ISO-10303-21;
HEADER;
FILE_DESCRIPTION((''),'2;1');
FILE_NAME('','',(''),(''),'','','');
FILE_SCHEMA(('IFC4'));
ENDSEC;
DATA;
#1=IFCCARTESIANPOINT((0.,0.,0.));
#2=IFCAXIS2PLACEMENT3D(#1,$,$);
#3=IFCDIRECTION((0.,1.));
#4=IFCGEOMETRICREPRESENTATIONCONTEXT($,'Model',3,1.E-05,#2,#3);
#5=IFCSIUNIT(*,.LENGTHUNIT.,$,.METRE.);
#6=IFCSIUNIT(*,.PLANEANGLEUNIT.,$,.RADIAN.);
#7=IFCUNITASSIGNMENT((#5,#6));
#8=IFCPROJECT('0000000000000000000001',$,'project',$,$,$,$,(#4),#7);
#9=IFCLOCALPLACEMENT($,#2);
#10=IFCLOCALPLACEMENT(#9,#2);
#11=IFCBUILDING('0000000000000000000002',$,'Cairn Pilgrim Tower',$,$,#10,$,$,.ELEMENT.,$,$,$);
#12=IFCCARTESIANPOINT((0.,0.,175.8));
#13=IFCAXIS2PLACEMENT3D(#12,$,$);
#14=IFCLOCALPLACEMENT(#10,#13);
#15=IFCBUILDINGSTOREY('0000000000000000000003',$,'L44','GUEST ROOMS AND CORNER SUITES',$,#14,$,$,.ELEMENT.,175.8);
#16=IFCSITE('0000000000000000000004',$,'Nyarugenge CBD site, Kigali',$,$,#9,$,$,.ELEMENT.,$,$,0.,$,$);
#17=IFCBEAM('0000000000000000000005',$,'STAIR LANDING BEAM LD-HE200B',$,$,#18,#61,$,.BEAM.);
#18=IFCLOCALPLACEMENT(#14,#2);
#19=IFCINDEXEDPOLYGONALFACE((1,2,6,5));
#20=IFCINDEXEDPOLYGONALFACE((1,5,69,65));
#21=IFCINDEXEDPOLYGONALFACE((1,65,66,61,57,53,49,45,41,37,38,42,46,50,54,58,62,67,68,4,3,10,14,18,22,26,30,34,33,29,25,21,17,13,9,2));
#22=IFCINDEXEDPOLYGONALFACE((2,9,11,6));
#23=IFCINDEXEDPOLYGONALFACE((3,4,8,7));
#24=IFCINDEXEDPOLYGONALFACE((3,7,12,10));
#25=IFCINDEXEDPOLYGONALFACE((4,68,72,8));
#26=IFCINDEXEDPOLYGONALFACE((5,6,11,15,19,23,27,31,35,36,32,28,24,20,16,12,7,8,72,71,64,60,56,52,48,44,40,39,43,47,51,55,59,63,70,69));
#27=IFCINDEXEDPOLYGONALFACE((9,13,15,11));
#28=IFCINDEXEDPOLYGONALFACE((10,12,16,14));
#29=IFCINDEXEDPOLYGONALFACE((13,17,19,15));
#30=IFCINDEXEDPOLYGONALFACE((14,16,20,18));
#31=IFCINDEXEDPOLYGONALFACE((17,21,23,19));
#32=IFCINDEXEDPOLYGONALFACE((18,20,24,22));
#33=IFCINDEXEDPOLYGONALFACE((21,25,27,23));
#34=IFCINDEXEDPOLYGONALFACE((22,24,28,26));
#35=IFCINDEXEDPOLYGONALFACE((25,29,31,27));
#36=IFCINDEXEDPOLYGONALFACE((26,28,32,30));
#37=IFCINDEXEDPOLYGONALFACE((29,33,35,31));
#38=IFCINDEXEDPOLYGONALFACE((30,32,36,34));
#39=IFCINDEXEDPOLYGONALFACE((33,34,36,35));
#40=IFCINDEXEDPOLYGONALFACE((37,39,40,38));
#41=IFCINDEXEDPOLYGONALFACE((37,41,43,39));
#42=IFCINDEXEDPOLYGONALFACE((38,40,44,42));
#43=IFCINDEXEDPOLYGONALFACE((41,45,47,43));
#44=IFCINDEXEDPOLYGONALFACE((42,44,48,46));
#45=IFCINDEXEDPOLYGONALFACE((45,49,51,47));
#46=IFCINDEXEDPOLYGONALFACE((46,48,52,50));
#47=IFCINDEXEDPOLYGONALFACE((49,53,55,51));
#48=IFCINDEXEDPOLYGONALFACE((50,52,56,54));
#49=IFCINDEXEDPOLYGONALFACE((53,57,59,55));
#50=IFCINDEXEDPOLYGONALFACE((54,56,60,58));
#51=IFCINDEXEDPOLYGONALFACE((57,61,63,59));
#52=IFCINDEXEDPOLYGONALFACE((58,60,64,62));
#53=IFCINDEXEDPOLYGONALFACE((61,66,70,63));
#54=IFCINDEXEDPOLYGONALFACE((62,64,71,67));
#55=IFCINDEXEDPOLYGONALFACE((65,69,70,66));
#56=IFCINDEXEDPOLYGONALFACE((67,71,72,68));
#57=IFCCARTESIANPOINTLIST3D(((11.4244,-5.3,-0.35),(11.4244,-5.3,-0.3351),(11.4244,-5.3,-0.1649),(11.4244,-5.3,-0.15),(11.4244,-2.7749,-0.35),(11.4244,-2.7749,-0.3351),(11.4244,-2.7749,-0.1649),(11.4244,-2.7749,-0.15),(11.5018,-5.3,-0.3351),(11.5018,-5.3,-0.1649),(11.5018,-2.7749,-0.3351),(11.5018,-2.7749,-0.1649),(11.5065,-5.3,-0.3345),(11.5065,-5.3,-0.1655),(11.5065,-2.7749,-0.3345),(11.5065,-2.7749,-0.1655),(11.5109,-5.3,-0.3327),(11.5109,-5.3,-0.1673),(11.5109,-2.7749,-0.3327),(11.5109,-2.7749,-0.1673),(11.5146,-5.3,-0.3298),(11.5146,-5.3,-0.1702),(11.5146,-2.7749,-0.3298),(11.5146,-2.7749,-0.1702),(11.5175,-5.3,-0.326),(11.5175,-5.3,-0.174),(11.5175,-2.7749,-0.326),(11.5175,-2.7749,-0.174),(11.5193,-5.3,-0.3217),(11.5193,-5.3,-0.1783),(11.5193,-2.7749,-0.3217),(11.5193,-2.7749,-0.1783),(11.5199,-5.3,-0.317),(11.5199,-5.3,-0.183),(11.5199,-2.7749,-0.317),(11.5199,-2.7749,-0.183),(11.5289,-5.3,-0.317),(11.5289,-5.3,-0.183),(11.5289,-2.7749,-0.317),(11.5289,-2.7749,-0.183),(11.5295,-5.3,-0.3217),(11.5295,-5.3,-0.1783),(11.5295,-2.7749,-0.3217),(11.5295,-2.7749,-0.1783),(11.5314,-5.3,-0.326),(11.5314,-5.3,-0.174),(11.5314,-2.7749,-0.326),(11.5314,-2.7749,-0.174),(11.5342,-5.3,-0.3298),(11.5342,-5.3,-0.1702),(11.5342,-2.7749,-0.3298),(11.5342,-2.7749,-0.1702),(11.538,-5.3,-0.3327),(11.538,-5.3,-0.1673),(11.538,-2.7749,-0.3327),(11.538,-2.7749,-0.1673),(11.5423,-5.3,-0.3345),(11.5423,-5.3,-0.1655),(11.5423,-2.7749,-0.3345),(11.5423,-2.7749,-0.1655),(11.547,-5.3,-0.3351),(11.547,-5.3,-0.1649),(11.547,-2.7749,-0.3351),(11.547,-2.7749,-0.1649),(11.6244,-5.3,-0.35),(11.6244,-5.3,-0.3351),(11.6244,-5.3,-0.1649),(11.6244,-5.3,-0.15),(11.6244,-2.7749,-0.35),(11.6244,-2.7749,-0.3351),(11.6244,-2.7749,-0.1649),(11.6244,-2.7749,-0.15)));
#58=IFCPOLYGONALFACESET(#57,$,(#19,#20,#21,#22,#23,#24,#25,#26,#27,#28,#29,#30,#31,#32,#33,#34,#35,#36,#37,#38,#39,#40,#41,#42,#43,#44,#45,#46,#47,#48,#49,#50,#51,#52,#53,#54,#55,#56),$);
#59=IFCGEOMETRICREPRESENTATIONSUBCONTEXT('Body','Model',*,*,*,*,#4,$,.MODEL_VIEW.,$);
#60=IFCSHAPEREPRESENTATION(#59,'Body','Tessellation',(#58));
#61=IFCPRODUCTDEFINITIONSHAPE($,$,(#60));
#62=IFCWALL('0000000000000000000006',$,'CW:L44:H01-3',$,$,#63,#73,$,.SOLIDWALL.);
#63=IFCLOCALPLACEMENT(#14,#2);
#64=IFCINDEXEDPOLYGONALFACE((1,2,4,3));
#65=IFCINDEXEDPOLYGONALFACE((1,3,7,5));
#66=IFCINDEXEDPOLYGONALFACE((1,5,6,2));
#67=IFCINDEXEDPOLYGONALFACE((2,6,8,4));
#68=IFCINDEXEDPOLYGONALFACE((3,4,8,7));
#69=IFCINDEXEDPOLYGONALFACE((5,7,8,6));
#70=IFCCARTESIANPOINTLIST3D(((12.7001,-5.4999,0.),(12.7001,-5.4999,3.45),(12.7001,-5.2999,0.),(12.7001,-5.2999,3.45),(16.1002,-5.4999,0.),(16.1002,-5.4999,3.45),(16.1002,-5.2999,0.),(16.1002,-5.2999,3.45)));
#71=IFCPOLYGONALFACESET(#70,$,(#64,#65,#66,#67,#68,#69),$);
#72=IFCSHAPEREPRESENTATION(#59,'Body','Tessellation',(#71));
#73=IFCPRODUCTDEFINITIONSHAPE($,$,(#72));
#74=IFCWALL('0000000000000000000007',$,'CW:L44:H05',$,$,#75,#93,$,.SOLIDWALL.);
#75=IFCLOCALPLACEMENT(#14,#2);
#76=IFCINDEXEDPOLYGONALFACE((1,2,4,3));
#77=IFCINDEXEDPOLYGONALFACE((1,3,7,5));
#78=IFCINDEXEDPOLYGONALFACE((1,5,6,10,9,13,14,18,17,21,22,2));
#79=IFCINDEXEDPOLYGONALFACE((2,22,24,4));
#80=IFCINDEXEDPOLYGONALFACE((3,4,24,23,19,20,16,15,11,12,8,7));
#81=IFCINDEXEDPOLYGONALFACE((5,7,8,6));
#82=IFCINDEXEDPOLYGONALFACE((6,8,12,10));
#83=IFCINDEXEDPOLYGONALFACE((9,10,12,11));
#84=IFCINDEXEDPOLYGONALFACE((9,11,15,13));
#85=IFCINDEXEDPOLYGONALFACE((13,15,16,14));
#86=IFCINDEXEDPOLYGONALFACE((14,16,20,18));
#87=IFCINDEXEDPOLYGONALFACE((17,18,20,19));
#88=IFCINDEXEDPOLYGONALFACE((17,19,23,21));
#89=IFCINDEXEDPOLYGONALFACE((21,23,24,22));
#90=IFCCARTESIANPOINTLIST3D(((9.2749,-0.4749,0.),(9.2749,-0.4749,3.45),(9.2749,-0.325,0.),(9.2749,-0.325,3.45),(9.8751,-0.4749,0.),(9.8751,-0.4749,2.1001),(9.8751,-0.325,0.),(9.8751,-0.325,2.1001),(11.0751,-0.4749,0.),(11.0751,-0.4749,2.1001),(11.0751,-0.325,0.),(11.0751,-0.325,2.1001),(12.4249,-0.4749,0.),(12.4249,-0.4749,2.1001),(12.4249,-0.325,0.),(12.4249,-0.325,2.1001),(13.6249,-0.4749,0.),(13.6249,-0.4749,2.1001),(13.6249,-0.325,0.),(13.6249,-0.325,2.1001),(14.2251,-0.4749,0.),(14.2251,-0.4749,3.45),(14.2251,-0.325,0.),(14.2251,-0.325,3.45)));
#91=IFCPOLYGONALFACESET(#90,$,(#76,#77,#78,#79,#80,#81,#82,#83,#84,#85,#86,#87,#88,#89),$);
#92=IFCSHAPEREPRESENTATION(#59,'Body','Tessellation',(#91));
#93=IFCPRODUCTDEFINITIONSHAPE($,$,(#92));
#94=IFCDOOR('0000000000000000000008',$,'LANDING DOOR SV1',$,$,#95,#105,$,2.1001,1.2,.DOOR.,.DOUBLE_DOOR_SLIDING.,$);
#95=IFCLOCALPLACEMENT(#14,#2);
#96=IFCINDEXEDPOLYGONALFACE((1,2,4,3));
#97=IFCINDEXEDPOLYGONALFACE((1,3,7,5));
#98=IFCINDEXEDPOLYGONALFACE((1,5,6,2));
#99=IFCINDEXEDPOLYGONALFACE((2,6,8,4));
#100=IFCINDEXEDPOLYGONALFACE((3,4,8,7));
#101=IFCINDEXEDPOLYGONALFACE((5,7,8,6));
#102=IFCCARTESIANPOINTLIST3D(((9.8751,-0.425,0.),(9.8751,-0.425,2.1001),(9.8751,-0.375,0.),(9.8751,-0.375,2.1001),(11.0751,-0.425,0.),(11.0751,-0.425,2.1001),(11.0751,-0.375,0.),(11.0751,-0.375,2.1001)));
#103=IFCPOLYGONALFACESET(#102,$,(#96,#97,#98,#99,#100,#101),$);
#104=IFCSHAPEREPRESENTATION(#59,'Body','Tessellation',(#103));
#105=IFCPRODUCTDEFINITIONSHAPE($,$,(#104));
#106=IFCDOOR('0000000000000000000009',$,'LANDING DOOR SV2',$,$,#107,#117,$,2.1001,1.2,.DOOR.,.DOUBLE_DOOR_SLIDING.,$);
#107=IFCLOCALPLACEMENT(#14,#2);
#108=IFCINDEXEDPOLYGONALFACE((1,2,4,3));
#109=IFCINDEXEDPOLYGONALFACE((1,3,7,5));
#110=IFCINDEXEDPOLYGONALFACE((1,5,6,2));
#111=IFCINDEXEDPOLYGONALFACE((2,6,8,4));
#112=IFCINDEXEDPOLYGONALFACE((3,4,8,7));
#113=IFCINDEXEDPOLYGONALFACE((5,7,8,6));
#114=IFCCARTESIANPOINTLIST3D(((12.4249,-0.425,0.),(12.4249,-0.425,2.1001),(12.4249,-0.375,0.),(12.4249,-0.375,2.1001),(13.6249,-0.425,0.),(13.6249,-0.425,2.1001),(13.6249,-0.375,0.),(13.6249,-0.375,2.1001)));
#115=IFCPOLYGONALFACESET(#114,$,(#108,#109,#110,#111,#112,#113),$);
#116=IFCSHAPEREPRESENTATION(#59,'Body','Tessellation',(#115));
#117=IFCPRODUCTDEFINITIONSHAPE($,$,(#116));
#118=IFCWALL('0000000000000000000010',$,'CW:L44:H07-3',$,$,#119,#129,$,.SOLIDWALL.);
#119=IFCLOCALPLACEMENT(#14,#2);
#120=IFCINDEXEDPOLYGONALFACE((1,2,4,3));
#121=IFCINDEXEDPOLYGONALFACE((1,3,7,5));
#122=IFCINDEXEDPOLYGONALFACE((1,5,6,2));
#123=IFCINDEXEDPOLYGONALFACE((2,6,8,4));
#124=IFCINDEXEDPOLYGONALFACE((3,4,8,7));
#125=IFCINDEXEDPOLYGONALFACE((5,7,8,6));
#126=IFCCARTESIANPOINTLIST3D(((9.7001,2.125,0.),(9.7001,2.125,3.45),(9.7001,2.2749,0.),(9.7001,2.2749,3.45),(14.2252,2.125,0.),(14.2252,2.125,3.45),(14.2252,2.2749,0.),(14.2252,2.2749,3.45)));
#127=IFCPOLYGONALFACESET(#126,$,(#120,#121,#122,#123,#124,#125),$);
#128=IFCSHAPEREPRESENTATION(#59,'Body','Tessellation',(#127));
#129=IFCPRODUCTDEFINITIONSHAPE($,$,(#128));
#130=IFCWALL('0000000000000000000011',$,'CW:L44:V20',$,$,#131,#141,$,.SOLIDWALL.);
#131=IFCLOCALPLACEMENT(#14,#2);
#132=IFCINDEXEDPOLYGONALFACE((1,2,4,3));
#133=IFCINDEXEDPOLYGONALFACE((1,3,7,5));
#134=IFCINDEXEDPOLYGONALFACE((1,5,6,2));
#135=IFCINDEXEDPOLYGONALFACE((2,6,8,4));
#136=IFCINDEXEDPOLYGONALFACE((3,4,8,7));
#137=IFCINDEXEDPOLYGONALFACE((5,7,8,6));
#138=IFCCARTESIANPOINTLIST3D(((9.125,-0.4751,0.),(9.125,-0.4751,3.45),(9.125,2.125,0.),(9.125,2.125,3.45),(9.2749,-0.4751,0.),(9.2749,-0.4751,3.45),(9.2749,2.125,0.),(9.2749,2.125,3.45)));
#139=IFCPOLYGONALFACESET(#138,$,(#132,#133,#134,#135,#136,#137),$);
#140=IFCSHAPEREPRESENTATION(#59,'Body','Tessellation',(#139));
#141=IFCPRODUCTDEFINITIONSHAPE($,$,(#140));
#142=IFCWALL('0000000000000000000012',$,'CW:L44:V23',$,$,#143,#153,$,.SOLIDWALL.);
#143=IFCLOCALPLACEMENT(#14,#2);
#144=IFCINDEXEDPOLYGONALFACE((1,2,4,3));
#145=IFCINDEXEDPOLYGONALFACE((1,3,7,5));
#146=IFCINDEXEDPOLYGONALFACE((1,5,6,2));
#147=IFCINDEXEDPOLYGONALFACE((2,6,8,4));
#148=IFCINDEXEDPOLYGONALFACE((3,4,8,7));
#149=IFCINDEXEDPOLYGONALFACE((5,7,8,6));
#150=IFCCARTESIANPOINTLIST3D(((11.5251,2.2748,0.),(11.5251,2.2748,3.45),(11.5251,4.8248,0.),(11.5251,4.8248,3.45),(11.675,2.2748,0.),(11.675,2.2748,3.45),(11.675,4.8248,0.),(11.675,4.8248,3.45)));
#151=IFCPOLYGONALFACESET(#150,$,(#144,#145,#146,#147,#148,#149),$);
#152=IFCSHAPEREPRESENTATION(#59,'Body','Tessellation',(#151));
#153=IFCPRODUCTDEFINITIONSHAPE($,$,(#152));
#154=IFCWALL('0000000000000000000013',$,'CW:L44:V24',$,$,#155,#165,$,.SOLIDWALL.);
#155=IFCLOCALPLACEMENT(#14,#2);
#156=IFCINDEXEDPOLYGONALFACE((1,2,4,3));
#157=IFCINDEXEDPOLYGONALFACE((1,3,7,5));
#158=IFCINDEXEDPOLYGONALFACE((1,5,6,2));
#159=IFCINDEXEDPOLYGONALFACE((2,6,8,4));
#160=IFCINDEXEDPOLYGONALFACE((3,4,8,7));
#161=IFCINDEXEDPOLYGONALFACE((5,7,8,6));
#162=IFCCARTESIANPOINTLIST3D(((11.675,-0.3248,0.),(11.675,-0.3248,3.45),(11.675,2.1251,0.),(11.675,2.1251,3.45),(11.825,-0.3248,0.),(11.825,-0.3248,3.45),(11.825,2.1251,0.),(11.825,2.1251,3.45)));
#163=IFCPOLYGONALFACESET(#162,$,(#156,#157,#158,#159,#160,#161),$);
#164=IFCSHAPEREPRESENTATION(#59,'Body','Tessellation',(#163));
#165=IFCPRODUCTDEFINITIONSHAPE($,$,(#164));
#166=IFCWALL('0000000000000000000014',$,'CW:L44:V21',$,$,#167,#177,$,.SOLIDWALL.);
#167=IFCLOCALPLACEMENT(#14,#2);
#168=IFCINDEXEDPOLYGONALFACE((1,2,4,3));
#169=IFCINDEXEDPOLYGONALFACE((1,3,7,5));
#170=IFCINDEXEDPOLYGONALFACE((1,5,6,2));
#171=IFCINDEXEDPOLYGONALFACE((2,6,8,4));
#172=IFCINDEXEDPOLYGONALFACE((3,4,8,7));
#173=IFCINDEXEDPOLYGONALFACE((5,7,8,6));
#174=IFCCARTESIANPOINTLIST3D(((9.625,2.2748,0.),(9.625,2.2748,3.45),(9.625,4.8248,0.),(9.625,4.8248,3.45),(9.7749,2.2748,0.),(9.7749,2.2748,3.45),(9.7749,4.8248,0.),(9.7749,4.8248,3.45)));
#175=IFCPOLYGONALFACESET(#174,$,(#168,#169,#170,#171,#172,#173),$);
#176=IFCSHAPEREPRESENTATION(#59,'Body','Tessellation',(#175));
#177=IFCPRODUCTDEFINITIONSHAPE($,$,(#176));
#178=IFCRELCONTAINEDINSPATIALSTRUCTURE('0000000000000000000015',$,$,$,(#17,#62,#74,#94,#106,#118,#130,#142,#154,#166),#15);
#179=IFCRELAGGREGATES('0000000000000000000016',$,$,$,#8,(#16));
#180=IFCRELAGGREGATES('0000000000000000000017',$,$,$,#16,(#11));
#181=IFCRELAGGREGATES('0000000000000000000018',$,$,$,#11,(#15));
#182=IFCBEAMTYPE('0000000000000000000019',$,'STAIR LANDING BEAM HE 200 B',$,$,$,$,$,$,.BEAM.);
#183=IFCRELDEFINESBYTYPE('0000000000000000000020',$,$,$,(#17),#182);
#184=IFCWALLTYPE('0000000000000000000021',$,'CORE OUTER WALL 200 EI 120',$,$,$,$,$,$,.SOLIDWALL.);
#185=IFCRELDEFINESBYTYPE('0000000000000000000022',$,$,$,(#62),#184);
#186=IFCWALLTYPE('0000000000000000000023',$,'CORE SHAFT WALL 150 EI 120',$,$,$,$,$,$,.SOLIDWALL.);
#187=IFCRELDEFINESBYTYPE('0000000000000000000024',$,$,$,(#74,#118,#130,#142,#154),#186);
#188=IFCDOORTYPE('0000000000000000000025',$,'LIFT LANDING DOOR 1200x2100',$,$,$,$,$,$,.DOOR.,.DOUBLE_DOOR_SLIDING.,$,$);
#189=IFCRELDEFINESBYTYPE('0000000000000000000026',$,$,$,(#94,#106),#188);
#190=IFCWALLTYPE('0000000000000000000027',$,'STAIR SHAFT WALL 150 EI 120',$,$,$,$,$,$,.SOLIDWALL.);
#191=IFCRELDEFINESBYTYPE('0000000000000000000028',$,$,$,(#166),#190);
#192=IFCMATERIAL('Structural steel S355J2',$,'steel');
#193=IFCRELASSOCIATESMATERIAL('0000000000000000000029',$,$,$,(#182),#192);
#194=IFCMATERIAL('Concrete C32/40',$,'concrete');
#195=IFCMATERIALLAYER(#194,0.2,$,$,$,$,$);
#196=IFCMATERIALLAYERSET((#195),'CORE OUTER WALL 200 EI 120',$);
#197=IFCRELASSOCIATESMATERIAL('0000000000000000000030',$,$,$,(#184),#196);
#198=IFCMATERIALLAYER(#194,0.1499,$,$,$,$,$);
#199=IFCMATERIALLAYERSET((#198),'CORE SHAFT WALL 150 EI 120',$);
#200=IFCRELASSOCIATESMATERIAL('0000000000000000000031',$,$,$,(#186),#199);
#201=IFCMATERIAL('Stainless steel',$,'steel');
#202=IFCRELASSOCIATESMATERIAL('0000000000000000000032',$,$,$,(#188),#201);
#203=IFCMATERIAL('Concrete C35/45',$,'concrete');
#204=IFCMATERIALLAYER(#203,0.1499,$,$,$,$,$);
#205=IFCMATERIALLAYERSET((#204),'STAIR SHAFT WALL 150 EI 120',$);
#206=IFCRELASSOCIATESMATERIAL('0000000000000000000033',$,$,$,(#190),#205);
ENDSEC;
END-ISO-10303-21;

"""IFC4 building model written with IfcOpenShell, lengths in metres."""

from ifc_helpers import new_model, si_unit, direction, frame, frame_2d, origin, origin_2d, place, context, subcontext, project, spatial, rectangle, i_section, extrude, material, layer, layer_set, material_profile, profile_set, type_object, element, fill, save


model = new_model("IFC4")

# Units and contexts
model_context = context("Model", 3, precision=1e-05, world=origin(), true_north=direction((0.0, 1.0)))
body_context = subcontext(model_context, "Body", "Model", "MODEL_VIEW")
ifc_project = project(units=[si_unit("LENGTHUNIT", "METRE"), si_unit("PLANEANGLEUNIT", "RADIAN")], contexts=[model_context])

# Site, building, storey
site_placement = place(None, origin())
site = spatial("IfcSite", under=ifc_project, at=site_placement, Name="Nyarugenge CBD site, Kigali", CompositionType="ELEMENT", RefElevation=0.0)
building_placement = place(site_placement, origin())
building = spatial("IfcBuilding", under=site, at=building_placement, Name="Cairn Pilgrim Tower", CompositionType="ELEMENT")
storey_placement = place(building_placement, frame((0.0, 0.0, 175.8)))
storey = spatial("IfcBuildingStorey", under=building, at=storey_placement, Name="L44", Description="GUEST ROOMS AND CORNER SUITES", CompositionType="ELEMENT", Elevation=175.8)

# Beam
ifc_material_1 = material(Name="Structural steel S355J2", Category="steel")
ifc_material_profile = material_profile(ifc_material_1, i_section(OverallWidth=0.2, OverallDepth=0.2, WebThickness=0.009, FlangeThickness=0.0149, FilletRadius=0.0181, at=origin_2d()), Name="HE 200 B")
ifc_profile_set = profile_set([ifc_material_profile], Name="Structural steel S355J2")
beam_type = type_object("IfcBeamType", Name="STAIR LANDING BEAM HE 200 B", PredefinedType="BEAM", material=ifc_profile_set)
beam_placement = place(storey_placement, frame((11.5244, -2.7749, -0.25), z_axis=(0.0, -1.0, 0.0), x_axis=(1.0, 0.0, 0.0)))
element("IfcBeam", 1, at=beam_placement, inside=storey, type_object=beam_type, Name="STAIR LANDING BEAM LD-HE200B", PredefinedType="BEAM", context=body_context, shape_type="SweptSolid", body=[
    extrude(i_section(OverallWidth=0.2, OverallDepth=0.2, WebThickness=0.009, FlangeThickness=0.0149, FilletRadius=0.0181, at=origin_2d()), origin(), (0.0, 0.0, 1.0), 2.5251),
])

# Wall
ifc_material_2 = material(Name="Concrete C32/40", Category="concrete")
ifc_layer_1 = layer(ifc_material_2, 0.2)
ifc_layer_set_1 = layer_set([ifc_layer_1], Name="CORE OUTER WALL 200 EI 120")
wall_type_1 = type_object("IfcWallType", Name="CORE OUTER WALL 200 EI 120", PredefinedType="SOLIDWALL", material=ifc_layer_set_1)
wall_1_placement = place(storey_placement, frame((12.7, -5.3999, 0.0), z_axis=(0.0, 0.0, 1.0), x_axis=(1.0, 0.0, 0.0)))
element("IfcWall", 2, at=wall_1_placement, inside=storey, type_object=wall_type_1, Name="CW:L44:H01-3", PredefinedType="SOLIDWALL", context=body_context, shape_type="SweptSolid", body=[
    extrude(rectangle(XDim=3.4001, YDim=0.2, at=frame_2d((1.7002, 0.0))), origin(), (0.0, 0.0, 1.0), 3.45),
])

# Wall, openings, doors
ifc_layer_2 = layer(ifc_material_2, 0.1499)
ifc_layer_set_2 = layer_set([ifc_layer_2], Name="CORE SHAFT WALL 150 EI 120")
wall_type_2 = type_object("IfcWallType", Name="CORE SHAFT WALL 150 EI 120", PredefinedType="SOLIDWALL", material=ifc_layer_set_2)
wall_2_placement = place(storey_placement, frame((9.2749, -0.3999, 0.0), z_axis=(0.0, 0.0, 1.0), x_axis=(1.0, 0.0, 0.0)))
wall_2 = element("IfcWall", 3, at=wall_2_placement, inside=storey, type_object=wall_type_2, Name="CW:L44:H05", PredefinedType="SOLIDWALL", context=body_context, shape_type="SweptSolid", body=[
    extrude(rectangle(XDim=4.9502, YDim=0.1499, at=frame_2d((2.4751, 0.0))), origin(), (0.0, 0.0, 1.0), 3.45),
])
opening_1_placement = place(wall_2_placement, frame((0.6001, 0.0, 0.0)))
opening_1 = element("IfcOpeningElement", 4, at=opening_1_placement, cuts=wall_2, PredefinedType="OPENING", context=body_context, shape_type="SweptSolid", body=[
    extrude(rectangle(XDim=1.2, YDim=2.1001, at=frame_2d((0.6001, 1.05))), frame((0.0, 0.085, 0.0), z_axis=(0.0, -1.0, 0.0), x_axis=(1.0, 0.0, 0.0)), (0.0, 0.0, 1.0), 0.1699),
])
opening_2_placement = place(wall_2_placement, frame((3.1499, 0.0, 0.0)))
opening_2 = element("IfcOpeningElement", 5, at=opening_2_placement, cuts=wall_2, PredefinedType="OPENING", context=body_context, shape_type="SweptSolid", body=[
    extrude(rectangle(XDim=1.2, YDim=2.1001, at=frame_2d((0.6001, 1.05))), frame((0.0, 0.085, 0.0), z_axis=(0.0, -1.0, 0.0), x_axis=(1.0, 0.0, 0.0)), (0.0, 0.0, 1.0), 0.1699),
])
ifc_material_3 = material(Name="Stainless steel", Category="steel")
door_type = type_object("IfcDoorType", Name="LIFT LANDING DOOR 1200x2100", OperationType="DOUBLE_DOOR_SLIDING", PredefinedType="DOOR", material=ifc_material_3)
door_1_placement = place(opening_1_placement, origin())
door_1 = element("IfcDoor", 6, at=door_1_placement, inside=storey, type_object=door_type, Name="LANDING DOOR SV1", OperationType="DOUBLE_DOOR_SLIDING", OverallHeight=2.1001, OverallWidth=1.2, PredefinedType="DOOR", context=body_context, shape_type="SweptSolid", body=[
    extrude(rectangle(XDim=1.2, YDim=2.1001, at=frame_2d((0.6001, 1.05))), frame((0.0, 0.0249, 0.0), z_axis=(0.0, -1.0, 0.0), x_axis=(1.0, 0.0, 0.0)), (0.0, 0.0, 1.0), 0.05),
])
fill(opening_1, door_1)
door_2_placement = place(opening_2_placement, origin())
door_2 = element("IfcDoor", 7, at=door_2_placement, inside=storey, type_object=door_type, Name="LANDING DOOR SV2", OperationType="DOUBLE_DOOR_SLIDING", OverallHeight=2.1001, OverallWidth=1.2, PredefinedType="DOOR", context=body_context, shape_type="SweptSolid", body=[
    extrude(rectangle(XDim=1.2, YDim=2.1001, at=frame_2d((0.6001, 1.05))), frame((0.0, 0.0249, 0.0), z_axis=(0.0, -1.0, 0.0), x_axis=(1.0, 0.0, 0.0)), (0.0, 0.0, 1.0), 0.05),
])
fill(opening_2, door_2)

# Walls
wall_3_placement = place(storey_placement, frame((9.7, 2.2, 0.0), z_axis=(0.0, 0.0, 1.0), x_axis=(1.0, 0.0, 0.0)))
element("IfcWall", 8, at=wall_3_placement, inside=storey, type_object=wall_type_2, Name="CW:L44:H07-3", PredefinedType="SOLIDWALL", context=body_context, shape_type="SweptSolid", body=[
    extrude(rectangle(XDim=4.5251, YDim=0.1499, at=frame_2d((2.2627, 0.0))), origin(), (0.0, 0.0, 1.0), 3.45),
])
wall_4_placement = place(storey_placement, frame((9.2, -0.4751, 0.0), z_axis=(0.0, 0.0, 1.0), x_axis=(0.0, 1.0, 0.0)))
element("IfcWall", 9, at=wall_4_placement, inside=storey, type_object=wall_type_2, Name="CW:L44:V20", PredefinedType="SOLIDWALL", context=body_context, shape_type="SweptSolid", body=[
    extrude(rectangle(XDim=2.6001, YDim=0.1499, at=frame_2d((1.3, 0.0))), origin(), (0.0, 0.0, 1.0), 3.45),
])
wall_5_placement = place(storey_placement, frame((11.6001, 2.2749, 0.0), z_axis=(0.0, 0.0, 1.0), x_axis=(0.0, 1.0, 0.0)))
element("IfcWall", 10, at=wall_5_placement, inside=storey, type_object=wall_type_2, Name="CW:L44:V23", PredefinedType="SOLIDWALL", context=body_context, shape_type="SweptSolid", body=[
    extrude(rectangle(XDim=2.55, YDim=0.1499, at=frame_2d((1.2749, 0.0))), origin(), (0.0, 0.0, 1.0), 3.45),
])
wall_6_placement = place(storey_placement, frame((11.75, -0.325, 0.0), z_axis=(0.0, 0.0, 1.0), x_axis=(0.0, 1.0, 0.0)))
element("IfcWall", 11, at=wall_6_placement, inside=storey, type_object=wall_type_2, Name="CW:L44:V24", PredefinedType="SOLIDWALL", context=body_context, shape_type="SweptSolid", body=[
    extrude(rectangle(XDim=2.45, YDim=0.1499, at=frame_2d((1.2251, 0.0))), origin(), (0.0, 0.0, 1.0), 3.45),
])
ifc_material_4 = material(Name="Concrete C35/45", Category="concrete")
ifc_layer_3 = layer(ifc_material_4, 0.1499)
ifc_layer_set_3 = layer_set([ifc_layer_3], Name="STAIR SHAFT WALL 150 EI 120")
wall_type_3 = type_object("IfcWallType", Name="STAIR SHAFT WALL 150 EI 120", PredefinedType="SOLIDWALL", material=ifc_layer_set_3)
wall_7_placement = place(storey_placement, frame((9.7, 2.2749, 0.0), z_axis=(0.0, 0.0, 1.0), x_axis=(0.0, 1.0, 0.0)))
element("IfcWall", 12, at=wall_7_placement, inside=storey, type_object=wall_type_3, Name="CW:L44:V21", PredefinedType="SOLIDWALL", context=body_context, shape_type="SweptSolid", body=[
    extrude(rectangle(XDim=2.55, YDim=0.1499, at=frame_2d((1.2749, 0.0))), origin(), (0.0, 0.0, 1.0), 3.45),
])

save(model, "model.ifc")
